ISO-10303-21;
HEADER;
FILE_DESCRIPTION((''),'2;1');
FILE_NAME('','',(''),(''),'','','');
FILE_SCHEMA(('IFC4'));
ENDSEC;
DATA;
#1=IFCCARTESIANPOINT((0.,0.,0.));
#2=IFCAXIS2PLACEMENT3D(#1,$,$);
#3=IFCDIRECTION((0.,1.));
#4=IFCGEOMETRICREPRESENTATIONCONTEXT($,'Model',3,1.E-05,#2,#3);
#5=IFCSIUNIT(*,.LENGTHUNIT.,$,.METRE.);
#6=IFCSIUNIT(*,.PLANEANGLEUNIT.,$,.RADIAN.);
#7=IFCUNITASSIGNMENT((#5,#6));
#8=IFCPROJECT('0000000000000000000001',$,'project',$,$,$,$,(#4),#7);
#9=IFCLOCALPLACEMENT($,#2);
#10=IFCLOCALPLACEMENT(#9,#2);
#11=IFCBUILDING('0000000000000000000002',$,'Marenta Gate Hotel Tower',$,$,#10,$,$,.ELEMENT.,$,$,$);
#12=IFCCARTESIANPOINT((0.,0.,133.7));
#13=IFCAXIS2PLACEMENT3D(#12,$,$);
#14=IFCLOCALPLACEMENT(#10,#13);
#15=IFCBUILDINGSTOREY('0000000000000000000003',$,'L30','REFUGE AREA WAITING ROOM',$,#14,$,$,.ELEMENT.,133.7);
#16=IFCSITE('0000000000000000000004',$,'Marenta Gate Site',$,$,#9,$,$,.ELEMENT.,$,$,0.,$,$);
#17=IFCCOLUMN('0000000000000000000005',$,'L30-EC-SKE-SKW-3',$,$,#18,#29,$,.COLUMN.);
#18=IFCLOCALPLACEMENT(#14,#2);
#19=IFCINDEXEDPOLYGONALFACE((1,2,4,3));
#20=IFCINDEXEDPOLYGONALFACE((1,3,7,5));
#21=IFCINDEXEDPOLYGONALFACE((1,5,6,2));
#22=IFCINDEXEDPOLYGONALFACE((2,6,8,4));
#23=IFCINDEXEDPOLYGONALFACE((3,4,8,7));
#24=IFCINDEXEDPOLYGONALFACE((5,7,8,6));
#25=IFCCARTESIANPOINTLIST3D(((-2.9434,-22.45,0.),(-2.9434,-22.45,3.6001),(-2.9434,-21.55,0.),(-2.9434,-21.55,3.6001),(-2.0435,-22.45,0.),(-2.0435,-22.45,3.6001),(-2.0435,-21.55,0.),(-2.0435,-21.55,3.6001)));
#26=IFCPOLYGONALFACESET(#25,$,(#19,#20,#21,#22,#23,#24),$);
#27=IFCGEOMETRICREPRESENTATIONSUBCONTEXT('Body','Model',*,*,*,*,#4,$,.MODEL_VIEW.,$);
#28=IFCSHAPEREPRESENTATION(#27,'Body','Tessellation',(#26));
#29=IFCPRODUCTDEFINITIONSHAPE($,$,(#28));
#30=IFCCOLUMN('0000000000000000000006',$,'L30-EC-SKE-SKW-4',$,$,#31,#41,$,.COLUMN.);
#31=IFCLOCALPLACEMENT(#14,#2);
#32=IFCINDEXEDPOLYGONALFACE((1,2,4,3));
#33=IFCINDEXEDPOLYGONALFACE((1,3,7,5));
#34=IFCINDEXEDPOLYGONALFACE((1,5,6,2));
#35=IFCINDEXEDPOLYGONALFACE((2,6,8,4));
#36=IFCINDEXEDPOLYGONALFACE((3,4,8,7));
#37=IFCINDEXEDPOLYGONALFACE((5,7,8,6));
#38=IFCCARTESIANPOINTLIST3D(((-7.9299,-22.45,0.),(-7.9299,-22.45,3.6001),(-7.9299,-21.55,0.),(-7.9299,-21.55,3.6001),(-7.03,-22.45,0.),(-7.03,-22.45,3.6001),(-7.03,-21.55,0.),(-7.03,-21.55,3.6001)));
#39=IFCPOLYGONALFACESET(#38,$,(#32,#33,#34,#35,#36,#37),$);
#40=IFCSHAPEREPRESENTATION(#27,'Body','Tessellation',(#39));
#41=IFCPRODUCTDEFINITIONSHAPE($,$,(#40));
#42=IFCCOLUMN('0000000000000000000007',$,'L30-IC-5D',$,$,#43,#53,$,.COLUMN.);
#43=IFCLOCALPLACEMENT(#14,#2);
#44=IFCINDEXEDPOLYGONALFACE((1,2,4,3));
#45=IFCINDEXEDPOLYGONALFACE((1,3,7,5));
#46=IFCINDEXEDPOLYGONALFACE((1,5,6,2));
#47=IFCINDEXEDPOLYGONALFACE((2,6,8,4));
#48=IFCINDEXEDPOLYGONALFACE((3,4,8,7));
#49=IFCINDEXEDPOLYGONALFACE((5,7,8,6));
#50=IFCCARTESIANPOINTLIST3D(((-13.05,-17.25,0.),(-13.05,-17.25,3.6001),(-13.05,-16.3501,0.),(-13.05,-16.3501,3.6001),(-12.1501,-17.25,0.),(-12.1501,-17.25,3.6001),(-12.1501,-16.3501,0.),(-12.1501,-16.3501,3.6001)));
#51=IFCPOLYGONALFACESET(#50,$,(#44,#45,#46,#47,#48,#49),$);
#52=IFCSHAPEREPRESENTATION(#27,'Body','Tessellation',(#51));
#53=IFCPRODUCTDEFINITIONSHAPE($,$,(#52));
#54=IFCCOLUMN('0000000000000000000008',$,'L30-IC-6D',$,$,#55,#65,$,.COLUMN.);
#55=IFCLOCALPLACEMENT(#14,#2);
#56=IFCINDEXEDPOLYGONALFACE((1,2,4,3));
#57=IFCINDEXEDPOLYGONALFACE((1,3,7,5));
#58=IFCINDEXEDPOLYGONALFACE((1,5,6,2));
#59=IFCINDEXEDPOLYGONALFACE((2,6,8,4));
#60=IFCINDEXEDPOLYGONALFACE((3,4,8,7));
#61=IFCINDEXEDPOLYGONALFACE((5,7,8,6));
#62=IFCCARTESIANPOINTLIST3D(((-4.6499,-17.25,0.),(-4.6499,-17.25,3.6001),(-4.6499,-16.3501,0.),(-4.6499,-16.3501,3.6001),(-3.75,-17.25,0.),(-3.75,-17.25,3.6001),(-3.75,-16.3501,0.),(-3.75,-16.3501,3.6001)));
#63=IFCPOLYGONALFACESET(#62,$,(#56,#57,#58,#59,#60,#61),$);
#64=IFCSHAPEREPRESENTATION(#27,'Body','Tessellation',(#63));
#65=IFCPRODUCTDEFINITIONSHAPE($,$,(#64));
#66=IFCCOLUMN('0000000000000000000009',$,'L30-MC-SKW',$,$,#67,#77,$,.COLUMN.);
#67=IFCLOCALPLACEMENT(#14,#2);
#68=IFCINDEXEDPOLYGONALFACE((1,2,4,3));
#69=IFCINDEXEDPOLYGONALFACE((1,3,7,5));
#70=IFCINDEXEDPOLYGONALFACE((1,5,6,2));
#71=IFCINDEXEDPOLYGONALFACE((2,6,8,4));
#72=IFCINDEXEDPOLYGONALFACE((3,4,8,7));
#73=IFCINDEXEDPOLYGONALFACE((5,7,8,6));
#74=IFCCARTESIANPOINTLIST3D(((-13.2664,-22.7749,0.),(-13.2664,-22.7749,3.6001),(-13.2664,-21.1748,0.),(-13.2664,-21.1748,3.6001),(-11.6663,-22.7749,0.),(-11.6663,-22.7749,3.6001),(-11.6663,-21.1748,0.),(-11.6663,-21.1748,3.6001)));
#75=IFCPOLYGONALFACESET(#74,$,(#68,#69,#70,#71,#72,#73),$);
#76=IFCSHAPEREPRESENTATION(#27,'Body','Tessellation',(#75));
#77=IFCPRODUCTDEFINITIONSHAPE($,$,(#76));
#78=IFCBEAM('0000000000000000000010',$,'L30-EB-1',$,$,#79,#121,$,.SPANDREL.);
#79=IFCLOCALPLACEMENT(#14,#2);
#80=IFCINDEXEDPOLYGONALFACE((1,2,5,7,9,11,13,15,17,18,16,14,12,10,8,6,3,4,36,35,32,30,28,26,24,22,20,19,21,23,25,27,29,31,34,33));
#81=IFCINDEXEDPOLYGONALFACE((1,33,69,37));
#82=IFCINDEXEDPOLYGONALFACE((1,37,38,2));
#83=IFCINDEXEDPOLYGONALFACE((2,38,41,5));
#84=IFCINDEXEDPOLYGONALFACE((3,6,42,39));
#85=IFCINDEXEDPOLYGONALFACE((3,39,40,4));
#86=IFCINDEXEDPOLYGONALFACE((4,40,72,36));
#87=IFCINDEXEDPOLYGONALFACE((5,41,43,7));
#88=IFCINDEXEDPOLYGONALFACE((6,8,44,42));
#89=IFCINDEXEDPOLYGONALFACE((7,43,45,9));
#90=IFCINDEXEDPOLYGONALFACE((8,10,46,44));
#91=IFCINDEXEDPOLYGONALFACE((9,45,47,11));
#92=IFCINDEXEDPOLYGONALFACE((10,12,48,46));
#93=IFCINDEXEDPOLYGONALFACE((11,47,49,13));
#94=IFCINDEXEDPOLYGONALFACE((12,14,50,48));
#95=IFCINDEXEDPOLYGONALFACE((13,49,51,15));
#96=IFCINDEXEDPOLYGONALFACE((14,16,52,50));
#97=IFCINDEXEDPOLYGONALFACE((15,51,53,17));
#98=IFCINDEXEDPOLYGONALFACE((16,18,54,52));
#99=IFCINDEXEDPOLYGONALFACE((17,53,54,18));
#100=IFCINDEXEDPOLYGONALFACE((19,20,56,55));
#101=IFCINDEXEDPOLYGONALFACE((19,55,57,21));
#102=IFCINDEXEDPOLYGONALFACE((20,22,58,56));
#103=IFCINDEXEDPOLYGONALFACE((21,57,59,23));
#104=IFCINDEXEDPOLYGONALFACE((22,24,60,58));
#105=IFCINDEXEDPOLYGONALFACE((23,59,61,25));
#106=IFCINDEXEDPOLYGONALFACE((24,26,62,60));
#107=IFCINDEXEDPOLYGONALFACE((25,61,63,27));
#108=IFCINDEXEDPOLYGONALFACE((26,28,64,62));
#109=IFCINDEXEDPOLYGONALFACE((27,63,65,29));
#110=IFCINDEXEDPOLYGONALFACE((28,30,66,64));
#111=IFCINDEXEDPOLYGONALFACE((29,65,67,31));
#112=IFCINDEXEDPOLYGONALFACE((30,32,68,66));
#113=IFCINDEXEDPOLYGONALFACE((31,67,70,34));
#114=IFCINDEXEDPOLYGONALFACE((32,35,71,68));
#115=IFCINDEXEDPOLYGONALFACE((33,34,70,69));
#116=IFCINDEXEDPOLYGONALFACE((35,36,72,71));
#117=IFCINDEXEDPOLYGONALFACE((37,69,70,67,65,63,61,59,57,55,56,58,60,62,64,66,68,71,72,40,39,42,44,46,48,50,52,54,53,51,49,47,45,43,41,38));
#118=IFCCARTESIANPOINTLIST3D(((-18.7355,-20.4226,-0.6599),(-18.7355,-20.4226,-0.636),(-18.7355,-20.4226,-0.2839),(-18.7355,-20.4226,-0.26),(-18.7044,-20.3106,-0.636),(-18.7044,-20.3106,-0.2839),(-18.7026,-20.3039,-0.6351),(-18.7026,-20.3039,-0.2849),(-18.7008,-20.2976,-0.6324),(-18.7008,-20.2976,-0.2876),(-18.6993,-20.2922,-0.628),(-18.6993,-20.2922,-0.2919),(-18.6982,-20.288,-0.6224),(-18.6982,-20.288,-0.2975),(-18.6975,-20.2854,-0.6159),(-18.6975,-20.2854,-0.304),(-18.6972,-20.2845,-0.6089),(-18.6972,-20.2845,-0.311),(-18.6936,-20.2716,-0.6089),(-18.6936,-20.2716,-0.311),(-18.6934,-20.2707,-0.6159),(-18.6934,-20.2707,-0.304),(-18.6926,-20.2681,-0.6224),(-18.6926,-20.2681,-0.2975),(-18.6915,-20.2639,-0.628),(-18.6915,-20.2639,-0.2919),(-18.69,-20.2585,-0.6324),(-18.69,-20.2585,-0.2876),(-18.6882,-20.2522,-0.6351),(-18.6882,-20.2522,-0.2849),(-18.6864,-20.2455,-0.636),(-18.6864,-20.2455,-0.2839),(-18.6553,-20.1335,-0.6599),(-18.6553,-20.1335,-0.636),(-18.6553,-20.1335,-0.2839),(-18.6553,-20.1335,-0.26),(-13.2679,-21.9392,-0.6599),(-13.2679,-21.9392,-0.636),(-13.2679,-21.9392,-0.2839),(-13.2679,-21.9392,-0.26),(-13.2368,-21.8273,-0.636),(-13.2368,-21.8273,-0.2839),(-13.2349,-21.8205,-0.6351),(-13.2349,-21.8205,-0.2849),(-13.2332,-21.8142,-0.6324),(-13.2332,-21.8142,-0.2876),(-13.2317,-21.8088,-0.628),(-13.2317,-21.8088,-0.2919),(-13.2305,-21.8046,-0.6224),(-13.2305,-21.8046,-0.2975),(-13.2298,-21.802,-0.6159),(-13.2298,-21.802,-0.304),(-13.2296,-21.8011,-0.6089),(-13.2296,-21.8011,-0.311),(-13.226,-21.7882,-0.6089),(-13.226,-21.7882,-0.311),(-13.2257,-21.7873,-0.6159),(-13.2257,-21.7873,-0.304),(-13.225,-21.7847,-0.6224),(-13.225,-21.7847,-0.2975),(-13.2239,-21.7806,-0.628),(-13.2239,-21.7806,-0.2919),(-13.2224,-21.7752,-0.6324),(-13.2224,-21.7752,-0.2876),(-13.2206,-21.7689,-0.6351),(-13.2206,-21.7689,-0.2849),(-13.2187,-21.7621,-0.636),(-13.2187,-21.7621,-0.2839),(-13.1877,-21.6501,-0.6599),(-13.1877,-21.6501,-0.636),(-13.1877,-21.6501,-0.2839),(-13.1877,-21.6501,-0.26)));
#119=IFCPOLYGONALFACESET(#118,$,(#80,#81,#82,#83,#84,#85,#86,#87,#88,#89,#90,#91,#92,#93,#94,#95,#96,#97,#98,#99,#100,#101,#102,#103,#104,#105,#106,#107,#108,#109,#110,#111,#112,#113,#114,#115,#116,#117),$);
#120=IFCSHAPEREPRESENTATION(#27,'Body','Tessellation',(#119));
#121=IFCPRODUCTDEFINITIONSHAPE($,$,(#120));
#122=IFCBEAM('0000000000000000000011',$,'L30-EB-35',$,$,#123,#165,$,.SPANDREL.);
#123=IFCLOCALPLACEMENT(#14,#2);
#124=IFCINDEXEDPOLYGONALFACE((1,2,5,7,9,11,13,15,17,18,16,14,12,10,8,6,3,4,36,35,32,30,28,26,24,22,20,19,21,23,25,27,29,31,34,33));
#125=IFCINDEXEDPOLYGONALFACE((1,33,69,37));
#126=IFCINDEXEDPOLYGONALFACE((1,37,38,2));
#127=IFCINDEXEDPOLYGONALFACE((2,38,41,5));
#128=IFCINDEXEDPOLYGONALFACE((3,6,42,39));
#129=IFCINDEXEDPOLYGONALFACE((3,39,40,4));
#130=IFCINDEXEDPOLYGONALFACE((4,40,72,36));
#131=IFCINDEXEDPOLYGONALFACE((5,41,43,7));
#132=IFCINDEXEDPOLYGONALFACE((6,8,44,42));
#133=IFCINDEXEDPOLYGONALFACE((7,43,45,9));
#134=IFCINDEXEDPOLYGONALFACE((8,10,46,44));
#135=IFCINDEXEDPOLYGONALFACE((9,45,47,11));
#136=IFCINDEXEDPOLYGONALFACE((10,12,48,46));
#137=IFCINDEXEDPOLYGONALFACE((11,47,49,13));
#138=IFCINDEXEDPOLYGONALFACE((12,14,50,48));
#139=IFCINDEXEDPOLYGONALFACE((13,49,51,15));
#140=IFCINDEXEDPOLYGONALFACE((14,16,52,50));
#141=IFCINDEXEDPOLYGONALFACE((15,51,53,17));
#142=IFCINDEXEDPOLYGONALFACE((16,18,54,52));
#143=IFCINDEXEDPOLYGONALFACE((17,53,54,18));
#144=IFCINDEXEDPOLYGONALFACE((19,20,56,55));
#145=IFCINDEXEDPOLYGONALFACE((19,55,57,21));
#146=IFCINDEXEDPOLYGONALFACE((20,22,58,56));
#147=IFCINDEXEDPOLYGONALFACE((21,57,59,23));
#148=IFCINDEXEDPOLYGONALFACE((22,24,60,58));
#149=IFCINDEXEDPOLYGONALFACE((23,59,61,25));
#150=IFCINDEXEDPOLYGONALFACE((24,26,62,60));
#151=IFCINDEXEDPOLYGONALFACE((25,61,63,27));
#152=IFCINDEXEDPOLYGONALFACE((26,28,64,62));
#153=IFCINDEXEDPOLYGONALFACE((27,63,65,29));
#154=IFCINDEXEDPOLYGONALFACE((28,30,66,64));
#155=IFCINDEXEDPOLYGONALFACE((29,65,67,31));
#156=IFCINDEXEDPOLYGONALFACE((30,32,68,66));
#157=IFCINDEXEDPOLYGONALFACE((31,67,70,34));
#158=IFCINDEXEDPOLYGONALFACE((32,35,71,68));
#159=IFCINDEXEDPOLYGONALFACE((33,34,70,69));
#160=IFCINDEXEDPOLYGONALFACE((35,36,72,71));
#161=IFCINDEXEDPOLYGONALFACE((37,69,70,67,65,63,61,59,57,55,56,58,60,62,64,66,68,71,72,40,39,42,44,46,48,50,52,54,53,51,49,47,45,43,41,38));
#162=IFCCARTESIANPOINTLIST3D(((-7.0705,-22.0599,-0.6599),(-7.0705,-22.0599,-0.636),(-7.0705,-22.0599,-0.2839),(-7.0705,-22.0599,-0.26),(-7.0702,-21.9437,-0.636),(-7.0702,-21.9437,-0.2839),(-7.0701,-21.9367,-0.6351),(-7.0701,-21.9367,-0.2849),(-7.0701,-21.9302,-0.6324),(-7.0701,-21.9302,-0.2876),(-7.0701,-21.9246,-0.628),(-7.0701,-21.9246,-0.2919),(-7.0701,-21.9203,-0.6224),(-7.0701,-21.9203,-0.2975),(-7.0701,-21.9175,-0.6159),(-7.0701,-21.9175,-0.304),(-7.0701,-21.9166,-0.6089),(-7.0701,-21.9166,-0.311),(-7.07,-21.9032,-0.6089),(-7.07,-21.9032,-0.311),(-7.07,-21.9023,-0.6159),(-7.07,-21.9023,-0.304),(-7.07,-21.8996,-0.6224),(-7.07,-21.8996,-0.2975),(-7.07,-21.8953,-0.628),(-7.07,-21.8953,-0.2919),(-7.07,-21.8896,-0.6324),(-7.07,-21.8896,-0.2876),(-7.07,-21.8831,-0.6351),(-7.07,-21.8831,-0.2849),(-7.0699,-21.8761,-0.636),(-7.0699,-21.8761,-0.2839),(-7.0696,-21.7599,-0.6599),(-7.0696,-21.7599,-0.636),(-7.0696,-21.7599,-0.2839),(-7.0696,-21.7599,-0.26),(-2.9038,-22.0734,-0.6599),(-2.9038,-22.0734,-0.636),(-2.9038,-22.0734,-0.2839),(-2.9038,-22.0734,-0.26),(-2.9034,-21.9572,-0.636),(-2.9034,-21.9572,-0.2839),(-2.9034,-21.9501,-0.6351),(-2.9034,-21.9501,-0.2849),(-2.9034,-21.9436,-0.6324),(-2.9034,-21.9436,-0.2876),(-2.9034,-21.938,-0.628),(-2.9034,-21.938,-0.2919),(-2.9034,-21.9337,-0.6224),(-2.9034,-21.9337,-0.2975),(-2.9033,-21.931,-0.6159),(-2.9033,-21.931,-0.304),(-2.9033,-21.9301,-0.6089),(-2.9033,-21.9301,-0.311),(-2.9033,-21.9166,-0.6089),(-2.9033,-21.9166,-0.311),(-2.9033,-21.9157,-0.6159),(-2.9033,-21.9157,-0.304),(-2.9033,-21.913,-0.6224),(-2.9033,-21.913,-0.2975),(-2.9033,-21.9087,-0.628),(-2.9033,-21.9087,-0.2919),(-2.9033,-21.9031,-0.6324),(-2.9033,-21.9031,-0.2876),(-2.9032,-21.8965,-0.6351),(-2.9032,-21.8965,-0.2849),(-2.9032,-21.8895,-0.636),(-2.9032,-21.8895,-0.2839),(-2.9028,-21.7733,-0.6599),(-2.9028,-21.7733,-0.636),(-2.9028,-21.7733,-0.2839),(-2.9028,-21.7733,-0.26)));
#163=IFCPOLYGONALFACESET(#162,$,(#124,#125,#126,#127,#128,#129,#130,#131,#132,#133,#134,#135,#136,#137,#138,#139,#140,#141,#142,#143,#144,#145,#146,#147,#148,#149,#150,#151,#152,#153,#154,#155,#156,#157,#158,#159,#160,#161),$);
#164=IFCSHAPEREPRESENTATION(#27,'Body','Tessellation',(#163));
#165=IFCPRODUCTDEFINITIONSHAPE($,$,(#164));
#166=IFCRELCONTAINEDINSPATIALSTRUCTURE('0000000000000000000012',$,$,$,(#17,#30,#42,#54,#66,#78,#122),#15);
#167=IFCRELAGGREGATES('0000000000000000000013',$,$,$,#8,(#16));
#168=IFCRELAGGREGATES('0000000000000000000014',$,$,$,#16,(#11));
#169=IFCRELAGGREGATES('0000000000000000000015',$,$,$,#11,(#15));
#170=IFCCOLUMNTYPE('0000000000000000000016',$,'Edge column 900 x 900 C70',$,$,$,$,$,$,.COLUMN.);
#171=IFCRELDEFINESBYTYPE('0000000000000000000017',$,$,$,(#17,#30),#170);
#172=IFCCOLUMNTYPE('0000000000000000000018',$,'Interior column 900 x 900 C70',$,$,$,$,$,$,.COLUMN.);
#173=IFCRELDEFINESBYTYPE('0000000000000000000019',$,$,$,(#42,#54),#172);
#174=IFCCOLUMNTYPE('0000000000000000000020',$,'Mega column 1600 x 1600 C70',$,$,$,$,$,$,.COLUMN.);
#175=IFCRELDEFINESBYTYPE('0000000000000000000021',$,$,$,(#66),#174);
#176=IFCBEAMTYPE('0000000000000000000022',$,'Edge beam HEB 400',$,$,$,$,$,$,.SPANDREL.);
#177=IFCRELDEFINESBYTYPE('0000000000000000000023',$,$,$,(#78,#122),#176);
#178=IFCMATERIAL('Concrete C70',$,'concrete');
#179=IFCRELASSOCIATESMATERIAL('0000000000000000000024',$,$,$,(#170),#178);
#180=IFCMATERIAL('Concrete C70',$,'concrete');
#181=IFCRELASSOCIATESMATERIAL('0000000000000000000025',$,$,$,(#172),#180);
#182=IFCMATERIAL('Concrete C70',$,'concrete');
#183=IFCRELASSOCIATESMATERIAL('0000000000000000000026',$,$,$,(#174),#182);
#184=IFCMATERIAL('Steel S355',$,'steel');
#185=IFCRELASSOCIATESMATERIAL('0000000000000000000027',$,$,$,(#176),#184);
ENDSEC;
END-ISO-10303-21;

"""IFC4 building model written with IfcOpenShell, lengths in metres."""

from ifc_helpers import new_model, si_unit, direction, frame, origin, origin_2d, place, context, subcontext, project, spatial, rectangle, i_section, extrude, material, material_profile, profile_set, type_object, element, save


model = new_model("IFC4")

# Units and contexts
model_context = context("Model", 3, precision=1e-05, world=origin(), true_north=direction((0.0, 1.0)))
body_context = subcontext(model_context, "Body", "Model", "MODEL_VIEW")
ifc_project = project(units=[si_unit("LENGTHUNIT", "METRE"), si_unit("PLANEANGLEUNIT", "RADIAN")], contexts=[model_context])

# Site, building, storey
site_placement = place(None, origin())
site = spatial("IfcSite", under=ifc_project, at=site_placement, Name="Marenta Gate Site", CompositionType="ELEMENT", RefElevation=0.0)
building_placement = place(site_placement, origin())
building = spatial("IfcBuilding", under=site, at=building_placement, Name="Marenta Gate Hotel Tower", CompositionType="ELEMENT")
storey_placement = place(building_placement, frame((0.0, 0.0, 133.7)))
storey = spatial("IfcBuildingStorey", under=building, at=storey_placement, Name="L30", Description="REFUGE AREA WAITING ROOM", CompositionType="ELEMENT", Elevation=133.7)

# Columns
ifc_material_1 = material(Name="Concrete C70", Category="concrete")
ifc_material_profile_1 = material_profile(ifc_material_1, rectangle(XDim=0.8999, YDim=0.8999, at=origin_2d()), Name="900 x 900")
ifc_profile_set_1 = profile_set([ifc_material_profile_1], Name="Concrete C70")
column_type_1 = type_object("IfcColumnType", Name="Edge column 900 x 900 C70", PredefinedType="COLUMN", material=ifc_profile_set_1)
for number, where, z_axis, x_axis, name in (
    (1, (-2.4934, -22.0, 0.0), (0.0, 0.0, 1.0), (1.0, 0.0, 0.0), "L30-EC-SKE-SKW-3"),
    (2, (-7.48, -22.0, 0.0), (0.0, 0.0, 1.0), (1.0, 0.0, 0.0), "L30-EC-SKE-SKW-4"),
):
    element("IfcColumn", number, at=place(storey_placement, frame(where, z_axis=z_axis, x_axis=x_axis)), inside=storey, type_object=column_type_1, Name=name, PredefinedType="COLUMN", context=body_context, shape_type="SweptSolid", body=[
        extrude(rectangle(XDim=0.8999, YDim=0.8999, at=origin_2d()), origin(), (0.0, 0.0, 1.0), 3.6001),
    ])
ifc_material_2 = material(Name="Concrete C70", Category="concrete")
ifc_material_profile_2 = material_profile(ifc_material_2, rectangle(XDim=0.8999, YDim=0.8999, at=origin_2d()), Name="900 x 900")
ifc_profile_set_2 = profile_set([ifc_material_profile_2], Name="Concrete C70")
column_type_2 = type_object("IfcColumnType", Name="Interior column 900 x 900 C70", PredefinedType="COLUMN", material=ifc_profile_set_2)
for number, where, z_axis, x_axis, name in (
    (3, (-12.6001, -16.8, 0.0), (0.0, 0.0, 1.0), (1.0, 0.0, 0.0), "L30-IC-5D"),
    (4, (-4.2, -16.8, 0.0), (0.0, 0.0, 1.0), (1.0, 0.0, 0.0), "L30-IC-6D"),
):
    element("IfcColumn", number, at=place(storey_placement, frame(where, z_axis=z_axis, x_axis=x_axis)), inside=storey, type_object=column_type_2, Name=name, PredefinedType="COLUMN", context=body_context, shape_type="SweptSolid", body=[
        extrude(rectangle(XDim=0.8999, YDim=0.8999, at=origin_2d()), origin(), (0.0, 0.0, 1.0), 3.6001),
    ])
ifc_material_3 = material(Name="Concrete C70", Category="concrete")
ifc_material_profile_3 = material_profile(ifc_material_3, rectangle(XDim=1.6001, YDim=1.6001, at=origin_2d()), Name="1600 x 1600")
ifc_profile_set_3 = profile_set([ifc_material_profile_3], Name="Concrete C70")
column_type_3 = type_object("IfcColumnType", Name="Mega column 1600 x 1600 C70", PredefinedType="COLUMN", material=ifc_profile_set_3)
column_placement = place(storey_placement, frame((-12.4663, -21.9749, 0.0), z_axis=(0.0, 0.0, 1.0), x_axis=(1.0, 0.0, 0.0)))
element("IfcColumn", 5, at=column_placement, inside=storey, type_object=column_type_3, Name="L30-MC-SKW", PredefinedType="COLUMN", context=body_context, shape_type="SweptSolid", body=[
    extrude(rectangle(XDim=1.6001, YDim=1.6001, at=origin_2d()), origin(), (0.0, 0.0, 1.0), 3.6001),
])

# Beams
ifc_material_4 = material(Name="Steel S355", Category="steel")
ifc_material_profile_4 = material_profile(ifc_material_4, i_section(OverallWidth=0.3, OverallDepth=0.3999, WebThickness=0.0134, FlangeThickness=0.0239, FilletRadius=0.0271, at=origin_2d()), Name="HEB 400")
ifc_profile_set_4 = profile_set([ifc_material_profile_4], Name="Steel S355")
beam_type_1 = type_object("IfcBeamType", Name="Edge beam HEB 400", PredefinedType="SPANDREL", material=ifc_profile_set_4)
beam_1_placement = place(storey_placement, frame((-13.2278, -21.7947, -0.46), z_axis=(-0.963616, 0.267291, 0.0), x_axis=(-0.267291, -0.963616, 0.0)))
element("IfcBeam", 6, at=beam_1_placement, inside=storey, type_object=beam_type_1, Name="L30-EB-1", PredefinedType="SPANDREL", context=body_context, shape_type="SweptSolid", body=[
    extrude(i_section(OverallWidth=0.3, OverallDepth=0.3999, WebThickness=0.0134, FlangeThickness=0.0239, FilletRadius=0.0271, at=origin_2d()), origin(), (0.0, 0.0, 1.0), 5.6741),
])
beam_2_placement = place(storey_placement, frame((-2.9033, -21.9233, -0.46), z_axis=(-0.999995, 0.003223, 0.0), x_axis=(-0.003223, -0.999995, 0.0)))
element("IfcBeam", 7, at=beam_2_placement, inside=storey, type_object=beam_type_1, Name="L30-EB-35", PredefinedType="SPANDREL", context=body_context, shape_type="SweptSolid", body=[
    extrude(i_section(OverallWidth=0.3, OverallDepth=0.3999, WebThickness=0.0134, FlangeThickness=0.0239, FilletRadius=0.0271, at=origin_2d()), origin(), (0.0, 0.0, 1.0), 4.1667),
])

save(model, "model.ifc")
